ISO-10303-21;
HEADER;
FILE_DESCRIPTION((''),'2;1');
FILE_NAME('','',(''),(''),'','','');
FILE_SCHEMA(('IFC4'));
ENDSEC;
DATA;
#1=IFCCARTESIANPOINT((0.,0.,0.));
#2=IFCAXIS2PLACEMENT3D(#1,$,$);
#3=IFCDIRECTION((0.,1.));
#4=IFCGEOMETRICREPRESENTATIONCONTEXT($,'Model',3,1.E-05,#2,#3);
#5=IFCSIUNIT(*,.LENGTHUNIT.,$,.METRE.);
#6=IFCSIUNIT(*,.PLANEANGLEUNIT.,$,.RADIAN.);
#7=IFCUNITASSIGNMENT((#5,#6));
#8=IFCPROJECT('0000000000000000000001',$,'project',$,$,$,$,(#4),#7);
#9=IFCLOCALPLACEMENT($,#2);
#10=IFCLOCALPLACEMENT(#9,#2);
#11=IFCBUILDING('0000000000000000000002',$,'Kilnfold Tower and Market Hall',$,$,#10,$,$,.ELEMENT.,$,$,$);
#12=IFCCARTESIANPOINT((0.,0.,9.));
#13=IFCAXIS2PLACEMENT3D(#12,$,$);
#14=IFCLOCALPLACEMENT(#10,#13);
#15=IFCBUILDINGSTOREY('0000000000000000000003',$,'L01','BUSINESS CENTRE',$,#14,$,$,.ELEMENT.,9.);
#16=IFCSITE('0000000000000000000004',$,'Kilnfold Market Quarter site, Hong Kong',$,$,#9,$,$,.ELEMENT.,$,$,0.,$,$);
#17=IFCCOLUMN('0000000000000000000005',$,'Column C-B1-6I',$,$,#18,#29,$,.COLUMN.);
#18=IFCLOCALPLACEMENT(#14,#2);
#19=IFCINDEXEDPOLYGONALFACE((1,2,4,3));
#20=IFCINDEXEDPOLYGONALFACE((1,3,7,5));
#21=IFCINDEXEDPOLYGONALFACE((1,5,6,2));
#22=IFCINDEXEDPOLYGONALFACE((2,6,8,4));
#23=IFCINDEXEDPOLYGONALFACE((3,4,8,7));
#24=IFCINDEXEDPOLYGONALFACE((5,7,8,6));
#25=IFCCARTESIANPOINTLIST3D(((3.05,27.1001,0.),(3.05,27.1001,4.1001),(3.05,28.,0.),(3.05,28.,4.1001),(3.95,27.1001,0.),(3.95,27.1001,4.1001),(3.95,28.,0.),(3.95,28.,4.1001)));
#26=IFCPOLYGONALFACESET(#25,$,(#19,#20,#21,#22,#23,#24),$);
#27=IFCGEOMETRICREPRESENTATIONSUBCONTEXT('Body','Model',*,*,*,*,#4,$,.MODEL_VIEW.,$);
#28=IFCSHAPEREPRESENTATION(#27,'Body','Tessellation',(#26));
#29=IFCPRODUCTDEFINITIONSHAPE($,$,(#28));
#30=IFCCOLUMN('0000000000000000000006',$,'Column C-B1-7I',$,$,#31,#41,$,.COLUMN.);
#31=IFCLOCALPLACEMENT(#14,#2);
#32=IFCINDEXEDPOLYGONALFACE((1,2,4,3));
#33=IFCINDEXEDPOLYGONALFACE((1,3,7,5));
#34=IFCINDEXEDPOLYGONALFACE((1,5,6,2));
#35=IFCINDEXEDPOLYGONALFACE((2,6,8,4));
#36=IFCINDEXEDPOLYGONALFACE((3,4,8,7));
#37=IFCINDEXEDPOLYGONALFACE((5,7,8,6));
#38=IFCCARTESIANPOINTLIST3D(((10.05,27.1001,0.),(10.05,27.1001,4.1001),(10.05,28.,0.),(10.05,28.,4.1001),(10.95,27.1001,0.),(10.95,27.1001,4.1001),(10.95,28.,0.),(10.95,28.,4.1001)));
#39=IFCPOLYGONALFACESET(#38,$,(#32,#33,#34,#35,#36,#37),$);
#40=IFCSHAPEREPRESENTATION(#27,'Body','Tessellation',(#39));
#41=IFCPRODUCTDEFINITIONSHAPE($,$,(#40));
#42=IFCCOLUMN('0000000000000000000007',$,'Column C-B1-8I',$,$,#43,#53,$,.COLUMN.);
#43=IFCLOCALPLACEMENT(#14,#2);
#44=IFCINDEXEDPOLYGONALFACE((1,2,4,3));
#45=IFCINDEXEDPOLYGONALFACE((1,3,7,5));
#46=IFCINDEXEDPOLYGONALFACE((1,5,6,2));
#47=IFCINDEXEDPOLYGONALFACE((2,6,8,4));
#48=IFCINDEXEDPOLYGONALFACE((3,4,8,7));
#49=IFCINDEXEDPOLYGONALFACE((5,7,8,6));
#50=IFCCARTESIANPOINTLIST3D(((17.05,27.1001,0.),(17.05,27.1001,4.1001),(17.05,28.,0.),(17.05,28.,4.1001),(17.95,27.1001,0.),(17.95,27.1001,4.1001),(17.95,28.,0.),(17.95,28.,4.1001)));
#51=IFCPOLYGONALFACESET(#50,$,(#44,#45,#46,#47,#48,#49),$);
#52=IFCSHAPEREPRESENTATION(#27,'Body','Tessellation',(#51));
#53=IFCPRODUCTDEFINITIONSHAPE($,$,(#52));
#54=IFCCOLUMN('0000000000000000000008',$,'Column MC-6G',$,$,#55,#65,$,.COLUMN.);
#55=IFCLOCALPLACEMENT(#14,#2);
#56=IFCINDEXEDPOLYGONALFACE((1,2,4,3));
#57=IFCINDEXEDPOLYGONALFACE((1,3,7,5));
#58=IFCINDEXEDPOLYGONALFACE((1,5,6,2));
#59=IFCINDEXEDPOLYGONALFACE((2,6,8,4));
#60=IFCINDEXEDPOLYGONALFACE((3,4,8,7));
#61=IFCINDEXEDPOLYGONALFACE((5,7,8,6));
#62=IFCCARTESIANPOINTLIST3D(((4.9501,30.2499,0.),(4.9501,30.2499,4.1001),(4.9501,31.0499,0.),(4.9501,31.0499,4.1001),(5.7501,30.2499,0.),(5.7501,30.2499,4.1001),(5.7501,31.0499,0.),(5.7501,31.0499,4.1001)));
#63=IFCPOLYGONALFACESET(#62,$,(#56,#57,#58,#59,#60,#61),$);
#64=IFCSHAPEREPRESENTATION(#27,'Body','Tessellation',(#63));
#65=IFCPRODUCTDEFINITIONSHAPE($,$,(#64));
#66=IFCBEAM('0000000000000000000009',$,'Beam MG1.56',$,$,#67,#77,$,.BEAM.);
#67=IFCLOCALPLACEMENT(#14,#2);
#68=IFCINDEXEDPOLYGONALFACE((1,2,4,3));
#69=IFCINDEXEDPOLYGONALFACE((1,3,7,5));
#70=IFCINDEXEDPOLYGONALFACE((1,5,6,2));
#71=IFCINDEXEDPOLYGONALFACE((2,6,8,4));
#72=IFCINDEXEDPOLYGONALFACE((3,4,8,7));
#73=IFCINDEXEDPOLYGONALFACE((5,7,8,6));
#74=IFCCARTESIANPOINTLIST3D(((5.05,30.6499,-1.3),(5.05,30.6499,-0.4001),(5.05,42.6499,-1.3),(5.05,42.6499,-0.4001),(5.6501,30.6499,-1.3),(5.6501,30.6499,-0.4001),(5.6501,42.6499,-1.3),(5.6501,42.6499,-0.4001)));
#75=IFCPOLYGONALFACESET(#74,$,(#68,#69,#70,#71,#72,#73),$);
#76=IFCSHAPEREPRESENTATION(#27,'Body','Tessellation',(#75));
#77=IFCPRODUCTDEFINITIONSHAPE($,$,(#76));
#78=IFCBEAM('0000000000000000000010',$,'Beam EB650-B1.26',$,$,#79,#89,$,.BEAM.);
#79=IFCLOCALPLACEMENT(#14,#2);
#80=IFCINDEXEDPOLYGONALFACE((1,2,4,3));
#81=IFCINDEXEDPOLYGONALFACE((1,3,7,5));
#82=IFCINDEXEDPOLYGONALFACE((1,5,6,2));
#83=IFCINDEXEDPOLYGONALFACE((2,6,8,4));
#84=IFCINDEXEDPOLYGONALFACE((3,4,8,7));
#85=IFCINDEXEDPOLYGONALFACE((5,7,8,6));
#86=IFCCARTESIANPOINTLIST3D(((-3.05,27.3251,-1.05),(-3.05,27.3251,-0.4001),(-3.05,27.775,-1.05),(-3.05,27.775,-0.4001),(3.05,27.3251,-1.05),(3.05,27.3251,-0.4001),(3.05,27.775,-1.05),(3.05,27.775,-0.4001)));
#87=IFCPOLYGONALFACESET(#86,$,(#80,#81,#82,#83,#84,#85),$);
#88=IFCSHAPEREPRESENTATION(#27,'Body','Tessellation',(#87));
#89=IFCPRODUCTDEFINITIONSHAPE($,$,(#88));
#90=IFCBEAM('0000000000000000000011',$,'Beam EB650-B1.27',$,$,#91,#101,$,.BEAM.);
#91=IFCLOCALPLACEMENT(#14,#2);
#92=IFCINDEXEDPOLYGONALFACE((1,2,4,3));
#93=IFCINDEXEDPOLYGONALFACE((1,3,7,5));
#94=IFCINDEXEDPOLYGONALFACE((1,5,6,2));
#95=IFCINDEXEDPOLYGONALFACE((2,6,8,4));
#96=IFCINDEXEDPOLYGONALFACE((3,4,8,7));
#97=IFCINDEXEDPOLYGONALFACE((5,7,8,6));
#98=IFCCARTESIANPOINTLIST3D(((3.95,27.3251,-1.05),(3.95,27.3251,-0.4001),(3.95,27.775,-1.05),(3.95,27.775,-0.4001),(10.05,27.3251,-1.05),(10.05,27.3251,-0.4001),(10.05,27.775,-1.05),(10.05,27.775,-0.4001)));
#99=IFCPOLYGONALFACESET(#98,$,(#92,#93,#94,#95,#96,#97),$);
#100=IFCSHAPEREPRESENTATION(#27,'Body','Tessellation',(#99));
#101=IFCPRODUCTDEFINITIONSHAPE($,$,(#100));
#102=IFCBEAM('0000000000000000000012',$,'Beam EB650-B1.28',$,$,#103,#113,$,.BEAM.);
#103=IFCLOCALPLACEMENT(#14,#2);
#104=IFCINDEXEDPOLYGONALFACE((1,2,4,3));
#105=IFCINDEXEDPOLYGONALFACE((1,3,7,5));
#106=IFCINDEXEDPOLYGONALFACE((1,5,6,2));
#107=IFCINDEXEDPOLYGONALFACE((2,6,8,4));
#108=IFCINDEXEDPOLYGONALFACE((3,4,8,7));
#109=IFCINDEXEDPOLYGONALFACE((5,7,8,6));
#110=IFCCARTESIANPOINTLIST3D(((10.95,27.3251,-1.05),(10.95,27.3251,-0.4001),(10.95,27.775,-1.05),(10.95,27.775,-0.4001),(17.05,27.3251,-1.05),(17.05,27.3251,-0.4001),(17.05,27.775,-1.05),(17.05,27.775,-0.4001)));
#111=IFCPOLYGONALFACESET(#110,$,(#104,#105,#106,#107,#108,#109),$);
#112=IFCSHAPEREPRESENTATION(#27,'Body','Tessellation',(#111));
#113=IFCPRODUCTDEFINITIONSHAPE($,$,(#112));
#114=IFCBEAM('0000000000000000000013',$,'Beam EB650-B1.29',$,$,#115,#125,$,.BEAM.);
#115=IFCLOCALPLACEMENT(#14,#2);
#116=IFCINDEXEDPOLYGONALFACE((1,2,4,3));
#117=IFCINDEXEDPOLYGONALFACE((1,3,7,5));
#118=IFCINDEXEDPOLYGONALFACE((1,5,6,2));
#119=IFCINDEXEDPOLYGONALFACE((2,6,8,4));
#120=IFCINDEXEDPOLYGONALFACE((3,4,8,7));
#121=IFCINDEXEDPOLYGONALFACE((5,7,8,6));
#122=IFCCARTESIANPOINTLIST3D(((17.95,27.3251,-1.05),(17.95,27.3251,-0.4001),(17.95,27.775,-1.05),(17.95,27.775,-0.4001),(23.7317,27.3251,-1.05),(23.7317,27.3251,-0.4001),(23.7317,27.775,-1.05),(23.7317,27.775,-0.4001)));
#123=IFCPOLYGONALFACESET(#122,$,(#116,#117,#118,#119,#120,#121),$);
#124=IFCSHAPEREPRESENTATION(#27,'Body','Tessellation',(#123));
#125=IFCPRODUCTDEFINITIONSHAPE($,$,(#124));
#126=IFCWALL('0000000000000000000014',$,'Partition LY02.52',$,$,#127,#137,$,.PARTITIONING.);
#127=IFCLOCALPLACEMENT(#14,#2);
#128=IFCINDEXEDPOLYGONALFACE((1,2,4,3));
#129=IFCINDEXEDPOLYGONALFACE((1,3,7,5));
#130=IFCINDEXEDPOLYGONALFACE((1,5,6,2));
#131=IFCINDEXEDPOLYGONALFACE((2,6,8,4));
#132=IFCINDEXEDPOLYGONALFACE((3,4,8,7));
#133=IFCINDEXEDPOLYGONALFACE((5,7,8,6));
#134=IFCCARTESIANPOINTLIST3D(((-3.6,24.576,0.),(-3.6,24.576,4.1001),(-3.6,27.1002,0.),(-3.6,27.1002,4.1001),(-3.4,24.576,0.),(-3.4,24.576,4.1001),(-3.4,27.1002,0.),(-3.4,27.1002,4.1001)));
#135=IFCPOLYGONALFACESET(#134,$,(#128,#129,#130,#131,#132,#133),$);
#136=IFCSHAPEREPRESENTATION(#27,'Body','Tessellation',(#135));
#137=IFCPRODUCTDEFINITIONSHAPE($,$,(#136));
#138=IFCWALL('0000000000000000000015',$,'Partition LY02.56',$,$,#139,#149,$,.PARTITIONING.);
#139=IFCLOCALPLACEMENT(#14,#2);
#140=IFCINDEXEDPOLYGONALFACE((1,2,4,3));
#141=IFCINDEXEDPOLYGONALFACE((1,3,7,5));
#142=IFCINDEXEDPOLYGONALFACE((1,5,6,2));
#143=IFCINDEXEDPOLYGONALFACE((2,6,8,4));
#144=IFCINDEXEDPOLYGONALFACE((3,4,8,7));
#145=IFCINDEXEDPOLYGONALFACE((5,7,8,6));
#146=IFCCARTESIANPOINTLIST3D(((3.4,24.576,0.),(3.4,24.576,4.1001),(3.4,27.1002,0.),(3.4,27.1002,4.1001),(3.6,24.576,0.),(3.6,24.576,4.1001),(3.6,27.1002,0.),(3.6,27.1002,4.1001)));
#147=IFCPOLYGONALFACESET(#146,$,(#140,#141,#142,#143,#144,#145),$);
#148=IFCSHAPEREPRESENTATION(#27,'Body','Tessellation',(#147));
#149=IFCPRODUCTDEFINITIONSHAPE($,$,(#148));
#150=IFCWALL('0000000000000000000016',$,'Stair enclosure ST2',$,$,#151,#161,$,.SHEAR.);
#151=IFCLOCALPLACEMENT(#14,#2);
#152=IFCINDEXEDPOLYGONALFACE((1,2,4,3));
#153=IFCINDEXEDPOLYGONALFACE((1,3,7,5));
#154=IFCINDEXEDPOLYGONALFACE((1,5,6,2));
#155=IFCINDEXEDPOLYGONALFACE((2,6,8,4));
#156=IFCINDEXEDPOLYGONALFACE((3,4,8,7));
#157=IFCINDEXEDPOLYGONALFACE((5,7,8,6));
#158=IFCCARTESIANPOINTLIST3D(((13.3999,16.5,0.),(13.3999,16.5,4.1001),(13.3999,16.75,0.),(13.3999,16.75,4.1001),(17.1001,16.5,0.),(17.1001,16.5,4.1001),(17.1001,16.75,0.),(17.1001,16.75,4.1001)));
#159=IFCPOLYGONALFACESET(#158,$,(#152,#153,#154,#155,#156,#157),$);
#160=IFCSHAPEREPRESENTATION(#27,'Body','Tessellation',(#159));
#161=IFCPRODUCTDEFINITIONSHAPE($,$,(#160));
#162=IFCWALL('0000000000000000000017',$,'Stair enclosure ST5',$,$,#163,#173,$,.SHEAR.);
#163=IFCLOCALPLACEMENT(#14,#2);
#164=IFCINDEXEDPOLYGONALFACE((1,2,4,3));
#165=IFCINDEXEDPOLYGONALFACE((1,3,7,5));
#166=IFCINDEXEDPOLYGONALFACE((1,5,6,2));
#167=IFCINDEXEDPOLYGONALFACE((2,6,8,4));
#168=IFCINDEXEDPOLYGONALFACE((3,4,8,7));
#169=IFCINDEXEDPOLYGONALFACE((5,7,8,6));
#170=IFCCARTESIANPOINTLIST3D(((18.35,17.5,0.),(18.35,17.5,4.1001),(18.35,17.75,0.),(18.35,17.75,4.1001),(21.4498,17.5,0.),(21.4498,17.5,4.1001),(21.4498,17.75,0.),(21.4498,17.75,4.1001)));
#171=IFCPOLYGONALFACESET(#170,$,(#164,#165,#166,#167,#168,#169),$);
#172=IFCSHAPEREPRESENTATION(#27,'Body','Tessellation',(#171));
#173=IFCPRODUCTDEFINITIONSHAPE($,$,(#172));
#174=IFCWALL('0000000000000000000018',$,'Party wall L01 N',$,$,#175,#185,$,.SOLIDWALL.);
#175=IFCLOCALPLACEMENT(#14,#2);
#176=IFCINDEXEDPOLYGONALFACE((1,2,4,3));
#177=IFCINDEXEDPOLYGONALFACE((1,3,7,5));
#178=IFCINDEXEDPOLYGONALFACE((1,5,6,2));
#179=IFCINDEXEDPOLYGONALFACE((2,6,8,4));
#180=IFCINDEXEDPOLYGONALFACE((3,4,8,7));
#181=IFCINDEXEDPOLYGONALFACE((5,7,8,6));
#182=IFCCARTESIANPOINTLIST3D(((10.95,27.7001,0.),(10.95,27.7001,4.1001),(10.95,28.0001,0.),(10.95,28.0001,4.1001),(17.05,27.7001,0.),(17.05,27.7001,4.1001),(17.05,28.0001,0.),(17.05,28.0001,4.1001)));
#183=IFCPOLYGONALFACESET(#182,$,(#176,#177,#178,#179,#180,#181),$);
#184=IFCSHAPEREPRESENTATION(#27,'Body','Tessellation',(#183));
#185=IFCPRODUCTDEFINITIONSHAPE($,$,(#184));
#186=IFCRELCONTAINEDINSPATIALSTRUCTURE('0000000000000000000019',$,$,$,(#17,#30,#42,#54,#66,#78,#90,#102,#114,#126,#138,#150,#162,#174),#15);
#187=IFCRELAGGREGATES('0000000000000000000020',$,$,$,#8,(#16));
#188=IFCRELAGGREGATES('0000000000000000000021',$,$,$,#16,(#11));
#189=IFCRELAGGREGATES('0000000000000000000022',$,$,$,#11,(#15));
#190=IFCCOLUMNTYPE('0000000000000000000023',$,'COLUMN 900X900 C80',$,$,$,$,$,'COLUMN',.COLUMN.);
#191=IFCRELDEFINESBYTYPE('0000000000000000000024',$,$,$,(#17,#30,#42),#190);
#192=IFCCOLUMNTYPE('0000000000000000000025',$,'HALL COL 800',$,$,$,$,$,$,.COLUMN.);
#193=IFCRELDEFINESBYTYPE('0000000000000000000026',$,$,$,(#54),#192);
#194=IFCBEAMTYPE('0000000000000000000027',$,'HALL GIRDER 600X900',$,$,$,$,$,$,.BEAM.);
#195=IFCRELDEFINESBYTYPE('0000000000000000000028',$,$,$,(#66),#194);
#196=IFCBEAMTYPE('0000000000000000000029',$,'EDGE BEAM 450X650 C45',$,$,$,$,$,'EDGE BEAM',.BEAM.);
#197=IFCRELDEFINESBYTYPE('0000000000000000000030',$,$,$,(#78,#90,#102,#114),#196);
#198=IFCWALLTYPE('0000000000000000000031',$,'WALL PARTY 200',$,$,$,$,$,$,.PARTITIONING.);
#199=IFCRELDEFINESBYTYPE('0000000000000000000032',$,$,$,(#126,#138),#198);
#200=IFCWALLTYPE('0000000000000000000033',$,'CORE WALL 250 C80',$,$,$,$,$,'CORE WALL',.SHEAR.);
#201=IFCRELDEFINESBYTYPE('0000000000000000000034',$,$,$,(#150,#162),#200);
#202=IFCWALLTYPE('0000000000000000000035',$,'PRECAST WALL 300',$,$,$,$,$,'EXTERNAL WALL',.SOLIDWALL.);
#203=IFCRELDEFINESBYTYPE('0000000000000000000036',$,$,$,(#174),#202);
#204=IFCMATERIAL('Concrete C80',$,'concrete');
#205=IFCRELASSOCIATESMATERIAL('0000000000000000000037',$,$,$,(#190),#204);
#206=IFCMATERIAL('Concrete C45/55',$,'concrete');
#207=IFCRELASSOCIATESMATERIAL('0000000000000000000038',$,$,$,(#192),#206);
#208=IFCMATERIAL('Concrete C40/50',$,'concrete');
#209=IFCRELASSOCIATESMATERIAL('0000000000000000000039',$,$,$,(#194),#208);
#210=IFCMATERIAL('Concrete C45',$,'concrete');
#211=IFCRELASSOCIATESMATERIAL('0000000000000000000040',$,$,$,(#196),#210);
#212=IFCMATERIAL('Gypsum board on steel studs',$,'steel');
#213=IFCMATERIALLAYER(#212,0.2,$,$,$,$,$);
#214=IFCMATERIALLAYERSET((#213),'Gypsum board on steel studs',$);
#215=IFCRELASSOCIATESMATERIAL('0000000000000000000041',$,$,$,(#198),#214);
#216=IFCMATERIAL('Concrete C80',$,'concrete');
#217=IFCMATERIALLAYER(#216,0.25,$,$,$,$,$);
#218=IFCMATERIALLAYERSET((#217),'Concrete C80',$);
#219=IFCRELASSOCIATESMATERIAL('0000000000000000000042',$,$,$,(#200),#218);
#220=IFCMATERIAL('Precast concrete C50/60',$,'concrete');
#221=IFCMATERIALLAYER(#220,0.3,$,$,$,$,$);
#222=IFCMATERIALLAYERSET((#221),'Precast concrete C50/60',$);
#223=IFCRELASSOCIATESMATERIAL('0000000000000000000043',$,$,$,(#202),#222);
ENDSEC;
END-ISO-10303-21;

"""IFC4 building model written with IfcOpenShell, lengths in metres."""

from ifc_helpers import new_model, si_unit, direction, frame, frame_2d, origin, origin_2d, place, context, subcontext, project, spatial, rectangle, extrude, source, transform, mapped, material, layer, layer_set, material_profile, profile_set, type_object, element, save


model = new_model("IFC4")

# Units and contexts
model_context = context("Model", 3, precision=1e-05, world=origin(), true_north=direction((0.0, 1.0)))
body_context = subcontext(model_context, "Body", "Model", "MODEL_VIEW")
ifc_project = project(units=[si_unit("LENGTHUNIT", "METRE"), si_unit("PLANEANGLEUNIT", "RADIAN")], contexts=[model_context])

# Site, building, storey
site_placement = place(None, origin())
site = spatial("IfcSite", under=ifc_project, at=site_placement, Name="Kilnfold Market Quarter site, Hong Kong", CompositionType="ELEMENT", RefElevation=0.0)
building_placement = place(site_placement, origin())
building = spatial("IfcBuilding", under=site, at=building_placement, Name="Kilnfold Tower and Market Hall", CompositionType="ELEMENT")
storey_placement = place(building_placement, frame((0.0, 0.0, 9.0)))
storey = spatial("IfcBuildingStorey", under=building, at=storey_placement, Name="L01", Description="BUSINESS CENTRE", CompositionType="ELEMENT", Elevation=9.0)

# Columns
ifc_material_1 = material(Name="Concrete C80", Category="concrete")
ifc_material_profile_1 = material_profile(ifc_material_1, rectangle(XDim=0.8999, YDim=0.8999, at=origin_2d()), Name="RC 900x900")
ifc_profile_set_1 = profile_set([ifc_material_profile_1], Name="Concrete C80")
column_type_1 = type_object("IfcColumnType", Name="COLUMN 900X900 C80", ElementType="COLUMN", PredefinedType="COLUMN", material=ifc_profile_set_1)
shared_shape_1 = source(origin(), body_context, "Body", "SweptSolid", [
    extrude(rectangle(XDim=0.8999, YDim=0.8999, at=origin_2d()), origin(), (0.0, 0.0, 1.0), 4.1001),
])
for number, where, z_axis, x_axis, name in (
    (1, (3.5, 27.55, 0.0), (0.0, 0.0, 1.0), (1.0, 0.0, 0.0), "Column C-B1-6I"),
    (2, (10.5, 27.55, 0.0), (0.0, 0.0, 1.0), (1.0, 0.0, 0.0), "Column C-B1-7I"),
    (3, (17.5, 27.55, 0.0), (0.0, 0.0, 1.0), (1.0, 0.0, 0.0), "Column C-B1-8I"),
):
    element("IfcColumn", number, at=place(storey_placement, frame(where, z_axis=z_axis, x_axis=x_axis)), inside=storey, type_object=column_type_1, Name=name, PredefinedType="COLUMN", context=body_context, shape_type="MappedRepresentation", body=[
        mapped(shared_shape_1, transform((0.0, 0.0, 0.0))),
    ])
ifc_material_2 = material(Name="Concrete C45/55", Category="concrete")
ifc_material_profile_2 = material_profile(ifc_material_2, rectangle(XDim=0.8, YDim=0.8, at=origin_2d()), Name="RC 800x800")
ifc_profile_set_2 = profile_set([ifc_material_profile_2], Name="Concrete C45/55")
column_type_2 = type_object("IfcColumnType", Name="HALL COL 800", PredefinedType="COLUMN", material=ifc_profile_set_2)
shared_shape_2 = source(origin(), body_context, "Body", "SweptSolid", [
    extrude(rectangle(XDim=0.8, YDim=0.8, at=origin_2d()), origin(), (0.0, 0.0, 1.0), 4.1001),
])
column_placement = place(storey_placement, frame((5.3501, 30.6499, 0.0), z_axis=(0.0, 0.0, 1.0), x_axis=(1.0, 0.0, 0.0)))
element("IfcColumn", 4, at=column_placement, inside=storey, type_object=column_type_2, Name="Column MC-6G", PredefinedType="COLUMN", context=body_context, shape_type="MappedRepresentation", body=[
    mapped(shared_shape_2, transform((0.0, 0.0, 0.0))),
])

# Beams
ifc_material_3 = material(Name="Concrete C40/50", Category="concrete")
ifc_material_profile_3 = material_profile(ifc_material_3, rectangle(XDim=0.6001, YDim=0.8999, at=origin_2d()), Name="RC 600x900")
ifc_profile_set_3 = profile_set([ifc_material_profile_3], Name="Concrete C40/50")
beam_type_1 = type_object("IfcBeamType", Name="HALL GIRDER 600X900", PredefinedType="BEAM", material=ifc_profile_set_3)
beam_1_placement = place(storey_placement, frame((5.3501, 30.6499, -0.8501), z_axis=(0.0, 1.0, 0.0), x_axis=(-1.0, 0.0, 0.0)))
element("IfcBeam", 5, at=beam_1_placement, inside=storey, type_object=beam_type_1, Name="Beam MG1.56", PredefinedType="BEAM", context=body_context, shape_type="SweptSolid", body=[
    extrude(rectangle(XDim=0.6001, YDim=0.8999, at=origin_2d()), origin(), (0.0, 0.0, 1.0), 12.0),
])
ifc_material_4 = material(Name="Concrete C45", Category="concrete")
ifc_material_profile_4 = material_profile(ifc_material_4, rectangle(XDim=0.45, YDim=0.6499, at=origin_2d()), Name="RC 450x650")
ifc_profile_set_4 = profile_set([ifc_material_profile_4], Name="Concrete C45")
beam_type_2 = type_object("IfcBeamType", Name="EDGE BEAM 450X650 C45", ElementType="EDGE BEAM", PredefinedType="BEAM", material=ifc_profile_set_4)
shared_shape_3 = source(origin(), body_context, "Body", "SweptSolid", [
    extrude(rectangle(XDim=0.45, YDim=0.6499, at=origin_2d()), origin(), (0.0, 0.0, 1.0), 6.1001),
])
for number, where, z_axis, x_axis, name in (
    (6, (-3.05, 27.55, -0.7251), (1.0, 0.0, 0.0), (0.0, 1.0, 0.0), "Beam EB650-B1.26"),
    (7, (3.95, 27.55, -0.7251), (1.0, 0.0, 0.0), (0.0, 1.0, 0.0), "Beam EB650-B1.27"),
    (8, (10.95, 27.55, -0.7251), (1.0, 0.0, 0.0), (0.0, 1.0, 0.0), "Beam EB650-B1.28"),
):
    element("IfcBeam", number, at=place(storey_placement, frame(where, z_axis=z_axis, x_axis=x_axis)), inside=storey, type_object=beam_type_2, Name=name, PredefinedType="BEAM", context=body_context, shape_type="MappedRepresentation", body=[
        mapped(shared_shape_3, transform((0.0, 0.0, 0.0))),
    ])
shared_shape_4 = source(origin(), body_context, "Body", "SweptSolid", [
    extrude(rectangle(XDim=0.45, YDim=0.6499, at=origin_2d()), origin(), (0.0, 0.0, 1.0), 5.7817),
])
beam_2_placement = place(storey_placement, frame((17.95, 27.55, -0.7251), z_axis=(1.0, 0.0, 0.0), x_axis=(0.0, 1.0, 0.0)))
element("IfcBeam", 9, at=beam_2_placement, inside=storey, type_object=beam_type_2, Name="Beam EB650-B1.29", PredefinedType="BEAM", context=body_context, shape_type="MappedRepresentation", body=[
    mapped(shared_shape_4, transform((0.0, 0.0, 0.0))),
])

# Walls
ifc_material_5 = material(Name="Gypsum board on steel studs", Category="steel")
ifc_layer_1 = layer(ifc_material_5, 0.2)
ifc_layer_set_1 = layer_set([ifc_layer_1], Name="Gypsum board on steel studs")
wall_type_1 = type_object("IfcWallType", Name="WALL PARTY 200", PredefinedType="PARTITIONING", material=ifc_layer_set_1)
for number, where, z_axis, x_axis, name in (
    (10, (-3.5, 24.5759, 0.0), (0.0, 0.0, 1.0), (0.0, 1.0, 0.0), "Partition LY02.52"),
    (11, (3.5, 24.5759, 0.0), (0.0, 0.0, 1.0), (0.0, 1.0, 0.0), "Partition LY02.56"),
):
    element("IfcWall", number, at=place(storey_placement, frame(where, z_axis=z_axis, x_axis=x_axis)), inside=storey, type_object=wall_type_1, Name=name, PredefinedType="PARTITIONING", context=body_context, shape_type="SweptSolid", body=[
        extrude(rectangle(XDim=2.5242, YDim=0.2, at=frame_2d((1.2622, 0.0))), origin(), (0.0, 0.0, 1.0), 4.1001),
    ])
ifc_material_6 = material(Name="Concrete C80", Category="concrete")
ifc_layer_2 = layer(ifc_material_6, 0.25)
ifc_layer_set_2 = layer_set([ifc_layer_2], Name="Concrete C80")
wall_type_2 = type_object("IfcWallType", Name="CORE WALL 250 C80", ElementType="CORE WALL", PredefinedType="SHEAR", material=ifc_layer_set_2)
shared_shape_5 = source(origin(), body_context, "Body", "SweptSolid", [
    extrude(rectangle(XDim=3.7002, YDim=0.25, at=frame_2d((1.8501, 0.0))), origin(), (0.0, 0.0, 1.0), 4.1001),
])
wall_1_placement = place(storey_placement, frame((13.3999, 16.625, 0.0), z_axis=(0.0, 0.0, 1.0), x_axis=(1.0, 0.0, 0.0)))
element("IfcWall", 12, at=wall_1_placement, inside=storey, type_object=wall_type_2, Name="Stair enclosure ST2", PredefinedType="SHEAR", context=body_context, shape_type="MappedRepresentation", body=[
    mapped(shared_shape_5, transform((0.0, 0.0, 0.0))),
])
shared_shape_6 = source(origin(), body_context, "Body", "SweptSolid", [
    extrude(rectangle(XDim=3.0999, YDim=0.25, at=frame_2d((1.5498, 0.0))), origin(), (0.0, 0.0, 1.0), 4.1001),
])
wall_2_placement = place(storey_placement, frame((18.3501, 17.625, 0.0), z_axis=(0.0, 0.0, 1.0), x_axis=(1.0, 0.0, 0.0)))
element("IfcWall", 13, at=wall_2_placement, inside=storey, type_object=wall_type_2, Name="Stair enclosure ST5", PredefinedType="SHEAR", context=body_context, shape_type="MappedRepresentation", body=[
    mapped(shared_shape_6, transform((0.0, 0.0, 0.0))),
])
ifc_material_7 = material(Name="Precast concrete C50/60", Category="concrete")
ifc_layer_3 = layer(ifc_material_7, 0.3)
ifc_layer_set_3 = layer_set([ifc_layer_3], Name="Precast concrete C50/60")
wall_type_3 = type_object("IfcWallType", Name="PRECAST WALL 300", ElementType="EXTERNAL WALL", PredefinedType="SOLIDWALL", material=ifc_layer_set_3)
shared_shape_7 = source(origin(), body_context, "Body", "SweptSolid", [
    extrude(rectangle(XDim=6.1001, YDim=0.3, at=frame_2d((3.05, 0.0))), origin(), (0.0, 0.0, 1.0), 4.1001),
])
for number, where, z_axis, x_axis, name in (
    (14, (17.05, 27.8501, 0.0), (0.0, 0.0, 1.0), (-1.0, 0.0, 0.0), "Party wall L01 N"),
):
    element("IfcWall", number, at=place(storey_placement, frame(where, z_axis=z_axis, x_axis=x_axis)), inside=storey, type_object=wall_type_3, Name=name, PredefinedType="SOLIDWALL", context=body_context, shape_type="MappedRepresentation", body=[
        mapped(shared_shape_7, transform((0.0, 0.0, 0.0))),
    ])

save(model, "model.ifc")
